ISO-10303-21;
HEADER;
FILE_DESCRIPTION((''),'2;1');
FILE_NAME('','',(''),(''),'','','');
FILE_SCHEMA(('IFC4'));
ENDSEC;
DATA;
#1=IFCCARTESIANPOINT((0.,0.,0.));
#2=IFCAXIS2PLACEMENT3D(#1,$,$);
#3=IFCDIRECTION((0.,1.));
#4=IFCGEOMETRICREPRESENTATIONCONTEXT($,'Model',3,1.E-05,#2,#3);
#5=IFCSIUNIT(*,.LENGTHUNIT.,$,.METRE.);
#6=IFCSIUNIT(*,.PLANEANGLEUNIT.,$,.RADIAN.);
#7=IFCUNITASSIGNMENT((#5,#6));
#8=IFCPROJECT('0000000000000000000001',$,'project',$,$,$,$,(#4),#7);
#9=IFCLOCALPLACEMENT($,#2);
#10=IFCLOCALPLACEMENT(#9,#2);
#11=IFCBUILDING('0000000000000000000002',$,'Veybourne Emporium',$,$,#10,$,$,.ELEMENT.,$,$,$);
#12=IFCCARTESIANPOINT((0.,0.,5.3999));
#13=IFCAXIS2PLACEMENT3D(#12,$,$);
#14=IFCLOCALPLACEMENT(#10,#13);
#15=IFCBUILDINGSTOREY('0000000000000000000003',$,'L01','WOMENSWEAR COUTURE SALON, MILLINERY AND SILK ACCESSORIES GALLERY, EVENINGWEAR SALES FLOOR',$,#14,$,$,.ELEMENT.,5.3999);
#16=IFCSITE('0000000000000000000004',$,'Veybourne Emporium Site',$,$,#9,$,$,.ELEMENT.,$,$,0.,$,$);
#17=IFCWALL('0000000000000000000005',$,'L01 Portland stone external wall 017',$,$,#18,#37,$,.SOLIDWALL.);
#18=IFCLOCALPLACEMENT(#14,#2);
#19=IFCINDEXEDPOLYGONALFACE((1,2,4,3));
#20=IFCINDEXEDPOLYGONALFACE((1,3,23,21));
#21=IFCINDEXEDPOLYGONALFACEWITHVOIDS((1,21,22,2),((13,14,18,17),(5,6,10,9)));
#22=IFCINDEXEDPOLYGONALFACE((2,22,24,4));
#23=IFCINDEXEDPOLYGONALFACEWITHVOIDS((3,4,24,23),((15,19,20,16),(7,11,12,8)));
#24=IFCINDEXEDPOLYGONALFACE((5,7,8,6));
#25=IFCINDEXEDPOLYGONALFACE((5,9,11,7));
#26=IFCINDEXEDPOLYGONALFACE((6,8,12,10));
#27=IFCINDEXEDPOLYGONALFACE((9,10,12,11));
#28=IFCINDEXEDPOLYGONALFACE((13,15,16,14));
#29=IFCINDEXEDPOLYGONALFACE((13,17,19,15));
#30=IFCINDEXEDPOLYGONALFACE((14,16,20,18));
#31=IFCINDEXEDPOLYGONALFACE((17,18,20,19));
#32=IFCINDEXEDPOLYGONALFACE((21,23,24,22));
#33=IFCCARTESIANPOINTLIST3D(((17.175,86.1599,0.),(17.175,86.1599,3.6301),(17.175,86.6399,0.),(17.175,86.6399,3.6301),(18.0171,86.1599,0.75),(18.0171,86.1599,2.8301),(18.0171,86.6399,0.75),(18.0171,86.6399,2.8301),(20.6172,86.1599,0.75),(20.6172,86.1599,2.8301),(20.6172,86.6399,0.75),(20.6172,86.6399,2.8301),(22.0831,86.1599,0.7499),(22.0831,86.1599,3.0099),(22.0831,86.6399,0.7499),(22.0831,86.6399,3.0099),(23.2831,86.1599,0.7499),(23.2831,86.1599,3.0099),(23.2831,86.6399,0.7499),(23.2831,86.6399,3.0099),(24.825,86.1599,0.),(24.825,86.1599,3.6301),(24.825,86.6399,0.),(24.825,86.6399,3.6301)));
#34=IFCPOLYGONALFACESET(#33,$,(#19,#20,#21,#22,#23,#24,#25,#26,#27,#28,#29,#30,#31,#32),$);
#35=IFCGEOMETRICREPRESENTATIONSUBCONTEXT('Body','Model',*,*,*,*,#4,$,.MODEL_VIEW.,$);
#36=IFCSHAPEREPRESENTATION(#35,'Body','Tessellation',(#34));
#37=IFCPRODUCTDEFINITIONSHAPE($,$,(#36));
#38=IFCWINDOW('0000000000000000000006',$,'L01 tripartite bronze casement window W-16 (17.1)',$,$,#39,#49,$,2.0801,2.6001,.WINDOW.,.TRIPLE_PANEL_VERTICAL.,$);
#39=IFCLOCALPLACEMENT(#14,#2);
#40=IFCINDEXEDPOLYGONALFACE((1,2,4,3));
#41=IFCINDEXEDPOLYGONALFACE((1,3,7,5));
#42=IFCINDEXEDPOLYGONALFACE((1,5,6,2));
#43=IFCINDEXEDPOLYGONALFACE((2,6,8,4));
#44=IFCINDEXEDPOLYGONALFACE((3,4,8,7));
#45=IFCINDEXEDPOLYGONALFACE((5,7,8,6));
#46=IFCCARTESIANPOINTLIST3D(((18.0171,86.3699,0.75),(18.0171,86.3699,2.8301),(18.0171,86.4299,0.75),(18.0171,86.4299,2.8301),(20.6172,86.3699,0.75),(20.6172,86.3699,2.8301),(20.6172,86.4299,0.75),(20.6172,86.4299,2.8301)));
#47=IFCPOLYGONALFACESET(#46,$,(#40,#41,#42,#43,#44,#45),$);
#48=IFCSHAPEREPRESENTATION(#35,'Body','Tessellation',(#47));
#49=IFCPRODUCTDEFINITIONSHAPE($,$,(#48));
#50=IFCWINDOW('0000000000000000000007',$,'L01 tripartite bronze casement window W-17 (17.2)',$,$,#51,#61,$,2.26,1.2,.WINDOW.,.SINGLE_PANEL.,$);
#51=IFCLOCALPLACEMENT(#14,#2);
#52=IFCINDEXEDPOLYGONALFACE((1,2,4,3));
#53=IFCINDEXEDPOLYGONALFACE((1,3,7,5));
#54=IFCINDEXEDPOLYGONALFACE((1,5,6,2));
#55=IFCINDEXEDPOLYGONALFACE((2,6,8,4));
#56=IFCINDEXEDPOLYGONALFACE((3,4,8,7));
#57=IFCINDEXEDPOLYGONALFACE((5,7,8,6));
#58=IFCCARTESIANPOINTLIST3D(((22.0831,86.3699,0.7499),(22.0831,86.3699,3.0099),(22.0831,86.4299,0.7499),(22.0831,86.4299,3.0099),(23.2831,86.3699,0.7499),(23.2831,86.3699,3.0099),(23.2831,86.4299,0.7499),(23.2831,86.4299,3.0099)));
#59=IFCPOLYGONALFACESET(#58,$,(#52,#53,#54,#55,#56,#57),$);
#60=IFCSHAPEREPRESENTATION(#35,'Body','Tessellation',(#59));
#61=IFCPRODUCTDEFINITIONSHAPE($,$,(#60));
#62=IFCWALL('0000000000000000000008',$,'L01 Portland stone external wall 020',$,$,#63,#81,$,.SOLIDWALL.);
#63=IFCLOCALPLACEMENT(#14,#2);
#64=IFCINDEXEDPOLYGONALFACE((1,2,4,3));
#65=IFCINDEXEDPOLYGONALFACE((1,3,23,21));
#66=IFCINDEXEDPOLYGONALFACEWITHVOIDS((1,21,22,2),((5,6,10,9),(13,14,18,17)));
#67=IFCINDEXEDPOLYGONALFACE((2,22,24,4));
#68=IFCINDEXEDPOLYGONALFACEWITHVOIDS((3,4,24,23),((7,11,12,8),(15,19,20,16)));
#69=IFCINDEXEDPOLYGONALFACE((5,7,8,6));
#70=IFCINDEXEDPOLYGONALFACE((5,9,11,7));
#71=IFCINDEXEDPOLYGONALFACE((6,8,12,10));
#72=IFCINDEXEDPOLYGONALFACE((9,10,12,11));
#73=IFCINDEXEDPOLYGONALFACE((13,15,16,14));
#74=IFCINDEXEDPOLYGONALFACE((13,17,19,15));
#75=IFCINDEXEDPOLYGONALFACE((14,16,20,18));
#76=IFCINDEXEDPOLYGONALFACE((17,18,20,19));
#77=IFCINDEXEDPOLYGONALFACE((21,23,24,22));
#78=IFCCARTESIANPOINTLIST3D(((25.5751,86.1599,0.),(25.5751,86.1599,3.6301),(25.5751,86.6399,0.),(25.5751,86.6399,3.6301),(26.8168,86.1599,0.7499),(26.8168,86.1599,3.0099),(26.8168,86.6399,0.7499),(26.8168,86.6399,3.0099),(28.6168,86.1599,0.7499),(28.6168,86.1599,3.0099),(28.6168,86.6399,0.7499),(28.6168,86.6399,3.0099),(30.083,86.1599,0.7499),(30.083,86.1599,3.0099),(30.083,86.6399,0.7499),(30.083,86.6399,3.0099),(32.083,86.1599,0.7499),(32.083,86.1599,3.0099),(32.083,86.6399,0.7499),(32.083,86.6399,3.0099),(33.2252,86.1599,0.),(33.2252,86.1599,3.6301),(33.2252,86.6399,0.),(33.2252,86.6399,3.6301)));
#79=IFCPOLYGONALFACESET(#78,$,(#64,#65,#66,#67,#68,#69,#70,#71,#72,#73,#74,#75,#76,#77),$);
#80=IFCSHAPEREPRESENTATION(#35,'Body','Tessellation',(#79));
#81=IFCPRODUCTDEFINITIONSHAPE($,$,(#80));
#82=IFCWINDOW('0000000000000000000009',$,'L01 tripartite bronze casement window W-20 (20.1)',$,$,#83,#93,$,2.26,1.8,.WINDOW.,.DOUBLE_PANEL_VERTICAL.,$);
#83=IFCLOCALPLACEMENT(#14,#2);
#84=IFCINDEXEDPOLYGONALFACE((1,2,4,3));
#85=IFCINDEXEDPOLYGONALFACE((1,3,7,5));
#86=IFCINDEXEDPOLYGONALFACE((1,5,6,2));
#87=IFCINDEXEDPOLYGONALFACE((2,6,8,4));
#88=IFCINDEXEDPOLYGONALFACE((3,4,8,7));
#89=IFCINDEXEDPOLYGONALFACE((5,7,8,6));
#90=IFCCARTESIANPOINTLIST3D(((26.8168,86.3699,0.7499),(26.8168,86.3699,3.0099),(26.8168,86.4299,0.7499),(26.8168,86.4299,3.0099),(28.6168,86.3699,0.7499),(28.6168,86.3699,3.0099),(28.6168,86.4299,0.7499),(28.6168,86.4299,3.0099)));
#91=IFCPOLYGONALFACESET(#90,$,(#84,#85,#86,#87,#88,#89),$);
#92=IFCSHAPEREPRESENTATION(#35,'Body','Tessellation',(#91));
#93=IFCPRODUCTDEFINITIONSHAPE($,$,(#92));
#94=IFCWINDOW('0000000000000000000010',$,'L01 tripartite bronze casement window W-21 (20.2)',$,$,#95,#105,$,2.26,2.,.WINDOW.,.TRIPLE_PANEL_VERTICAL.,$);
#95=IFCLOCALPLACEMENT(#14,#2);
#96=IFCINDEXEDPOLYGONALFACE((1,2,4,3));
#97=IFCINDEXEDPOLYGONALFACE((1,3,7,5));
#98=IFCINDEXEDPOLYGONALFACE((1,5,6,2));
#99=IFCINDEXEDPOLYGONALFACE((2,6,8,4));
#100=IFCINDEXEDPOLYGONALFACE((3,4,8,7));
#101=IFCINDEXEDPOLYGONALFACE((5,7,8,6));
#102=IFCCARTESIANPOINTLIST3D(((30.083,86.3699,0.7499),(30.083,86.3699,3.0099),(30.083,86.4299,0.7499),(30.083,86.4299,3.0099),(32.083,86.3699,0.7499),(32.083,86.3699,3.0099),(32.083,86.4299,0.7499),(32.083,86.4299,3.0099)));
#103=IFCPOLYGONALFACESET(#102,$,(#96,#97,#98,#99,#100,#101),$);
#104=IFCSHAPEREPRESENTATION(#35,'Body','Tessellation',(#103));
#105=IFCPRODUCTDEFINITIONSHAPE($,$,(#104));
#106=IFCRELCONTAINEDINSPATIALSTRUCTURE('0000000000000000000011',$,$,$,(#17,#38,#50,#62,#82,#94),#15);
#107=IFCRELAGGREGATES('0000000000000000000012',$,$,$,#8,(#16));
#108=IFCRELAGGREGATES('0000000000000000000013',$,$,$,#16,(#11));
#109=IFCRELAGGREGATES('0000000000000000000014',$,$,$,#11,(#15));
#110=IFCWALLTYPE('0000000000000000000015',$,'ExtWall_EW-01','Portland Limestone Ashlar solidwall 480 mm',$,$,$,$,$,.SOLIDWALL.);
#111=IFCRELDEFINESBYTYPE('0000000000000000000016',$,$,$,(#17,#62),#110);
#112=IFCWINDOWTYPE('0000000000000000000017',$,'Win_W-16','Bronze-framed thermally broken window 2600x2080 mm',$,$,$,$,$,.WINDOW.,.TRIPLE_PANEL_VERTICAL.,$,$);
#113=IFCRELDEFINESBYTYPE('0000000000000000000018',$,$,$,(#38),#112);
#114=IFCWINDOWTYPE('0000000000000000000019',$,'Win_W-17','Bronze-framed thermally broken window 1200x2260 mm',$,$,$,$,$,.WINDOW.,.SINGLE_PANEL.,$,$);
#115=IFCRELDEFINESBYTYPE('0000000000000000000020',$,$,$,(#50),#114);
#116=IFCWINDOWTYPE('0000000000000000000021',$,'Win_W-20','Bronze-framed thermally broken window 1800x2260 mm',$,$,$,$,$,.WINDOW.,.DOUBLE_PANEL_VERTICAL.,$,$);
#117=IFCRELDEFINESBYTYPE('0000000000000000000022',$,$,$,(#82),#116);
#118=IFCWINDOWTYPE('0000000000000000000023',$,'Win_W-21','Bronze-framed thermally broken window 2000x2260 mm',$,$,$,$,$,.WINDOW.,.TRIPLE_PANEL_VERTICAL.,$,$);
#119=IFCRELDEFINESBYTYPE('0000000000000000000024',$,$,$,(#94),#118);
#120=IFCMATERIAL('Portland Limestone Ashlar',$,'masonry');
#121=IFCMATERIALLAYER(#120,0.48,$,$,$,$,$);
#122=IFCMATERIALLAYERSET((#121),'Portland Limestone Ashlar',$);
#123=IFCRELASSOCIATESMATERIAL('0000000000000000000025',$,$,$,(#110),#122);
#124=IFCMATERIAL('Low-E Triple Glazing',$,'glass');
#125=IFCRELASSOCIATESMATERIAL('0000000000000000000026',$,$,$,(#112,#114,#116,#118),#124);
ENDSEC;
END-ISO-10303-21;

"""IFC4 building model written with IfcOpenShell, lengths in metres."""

from ifc_helpers import new_model, si_unit, direction, frame, frame_2d, origin, place, context, subcontext, project, spatial, rectangle, extrude, material, layer, layer_set, type_object, element, fill, save


model = new_model("IFC4")

# Units and contexts
model_context = context("Model", 3, precision=1e-05, world=origin(), true_north=direction((0.0, 1.0)))
body_context = subcontext(model_context, "Body", "Model", "MODEL_VIEW")
ifc_project = project(units=[si_unit("LENGTHUNIT", "METRE"), si_unit("PLANEANGLEUNIT", "RADIAN")], contexts=[model_context])

# Site, building, storey
site_placement = place(None, origin())
site = spatial("IfcSite", under=ifc_project, at=site_placement, Name="Veybourne Emporium Site", CompositionType="ELEMENT", RefElevation=0.0)
building_placement = place(site_placement, origin())
building = spatial("IfcBuilding", under=site, at=building_placement, Name="Veybourne Emporium", CompositionType="ELEMENT")
storey_placement = place(building_placement, frame((0.0, 0.0, 5.3999)))
storey = spatial("IfcBuildingStorey", under=building, at=storey_placement, Name="L01", Description="WOMENSWEAR COUTURE SALON, MILLINERY AND SILK ACCESSORIES GALLERY, EVENINGWEAR SALES FLOOR", CompositionType="ELEMENT", Elevation=5.3999)

# Shared definitions
ifc_material_1 = material(Name="Low-E Triple Glazing", Category="glass")

# Walls, openings, windows
ifc_material_2 = material(Name="Portland Limestone Ashlar", Category="masonry")
ifc_layer_1 = layer(ifc_material_2, 0.48)
ifc_layer_set_1 = layer_set([ifc_layer_1], Name="Portland Limestone Ashlar")
wall_type = type_object("IfcWallType", Name="ExtWall_EW-01", Description="Portland Limestone Ashlar solidwall 480 mm", PredefinedType="SOLIDWALL", material=ifc_layer_set_1)
wall_1_placement = place(storey_placement, frame((17.175, 86.3999, 0.0), z_axis=(0.0, 0.0, 1.0), x_axis=(1.0, 0.0, 0.0)))
wall_1 = element("IfcWall", 1, at=wall_1_placement, inside=storey, type_object=wall_type, Name="L01 Portland stone external wall 017", PredefinedType="SOLIDWALL", context=body_context, shape_type="SweptSolid", body=[
    extrude(rectangle(XDim=7.6499, YDim=0.48, at=frame_2d((3.825, 0.0))), origin(), (0.0, 0.0, 1.0), 3.6301),
])
opening_1_placement = place(wall_1_placement, frame((0.842, 0.0, 0.75)))
opening_1 = element("IfcOpeningElement", 2, at=opening_1_placement, cuts=wall_1, PredefinedType="OPENING", context=body_context, shape_type="SweptSolid", body=[
    extrude(rectangle(XDim=2.6001, YDim=2.0801, at=frame_2d((1.3, 1.04))), frame((0.0, 0.26, 0.0), z_axis=(0.0, -1.0, 0.0), x_axis=(1.0, 0.0, 0.0)), (0.0, 0.0, 1.0), 0.52),
])
opening_2_placement = place(wall_1_placement, frame((4.908, 0.0, 0.75)))
opening_2 = element("IfcOpeningElement", 3, at=opening_2_placement, cuts=wall_1, PredefinedType="OPENING", context=body_context, shape_type="SweptSolid", body=[
    extrude(rectangle(XDim=1.2, YDim=2.26, at=frame_2d((0.6001, 1.1299))), frame((0.0, 0.26, 0.0), z_axis=(0.0, -1.0, 0.0), x_axis=(1.0, 0.0, 0.0)), (0.0, 0.0, 1.0), 0.52),
])
window_type_1 = type_object("IfcWindowType", Name="Win_W-16", Description="Bronze-framed thermally broken window 2600x2080 mm", PartitioningType="TRIPLE_PANEL_VERTICAL", PredefinedType="WINDOW", material=ifc_material_1)
window_1_placement = place(opening_1_placement, origin())
window_1 = element("IfcWindow", 4, at=window_1_placement, inside=storey, type_object=window_type_1, Name="L01 tripartite bronze casement window W-16 (17.1)", OverallHeight=2.0801, OverallWidth=2.6001, PartitioningType="TRIPLE_PANEL_VERTICAL", PredefinedType="WINDOW", context=body_context, shape_type="SweptSolid", body=[
    extrude(rectangle(XDim=2.6001, YDim=2.0801, at=frame_2d((1.3, 1.04))), frame((0.0, 0.03, 0.0), z_axis=(0.0, -1.0, 0.0), x_axis=(1.0, 0.0, 0.0)), (0.0, 0.0, 1.0), 0.0601),
])
fill(opening_1, window_1)
window_type_2 = type_object("IfcWindowType", Name="Win_W-17", Description="Bronze-framed thermally broken window 1200x2260 mm", PartitioningType="SINGLE_PANEL", PredefinedType="WINDOW", material=ifc_material_1)
window_2_placement = place(opening_2_placement, origin())
window_2 = element("IfcWindow", 5, at=window_2_placement, inside=storey, type_object=window_type_2, Name="L01 tripartite bronze casement window W-17 (17.2)", OverallHeight=2.26, OverallWidth=1.2, PartitioningType="SINGLE_PANEL", PredefinedType="WINDOW", context=body_context, shape_type="SweptSolid", body=[
    extrude(rectangle(XDim=1.2, YDim=2.26, at=frame_2d((0.6001, 1.1299))), frame((0.0, 0.03, 0.0), z_axis=(0.0, -1.0, 0.0), x_axis=(1.0, 0.0, 0.0)), (0.0, 0.0, 1.0), 0.0601),
])
fill(opening_2, window_2)
wall_2_placement = place(storey_placement, frame((25.575, 86.3999, 0.0), z_axis=(0.0, 0.0, 1.0), x_axis=(1.0, 0.0, 0.0)))
wall_2 = element("IfcWall", 6, at=wall_2_placement, inside=storey, type_object=wall_type, Name="L01 Portland stone external wall 020", PredefinedType="SOLIDWALL", context=body_context, shape_type="SweptSolid", body=[
    extrude(rectangle(XDim=7.6501, YDim=0.48, at=frame_2d((3.8252, 0.0))), origin(), (0.0, 0.0, 1.0), 3.6301),
])
opening_3_placement = place(wall_2_placement, frame((1.2419, 0.0, 0.75)))
opening_3 = element("IfcOpeningElement", 7, at=opening_3_placement, cuts=wall_2, PredefinedType="OPENING", context=body_context, shape_type="SweptSolid", body=[
    extrude(rectangle(XDim=1.8, YDim=2.26, at=frame_2d((0.8999, 1.1299))), frame((0.0, 0.26, 0.0), z_axis=(0.0, -1.0, 0.0), x_axis=(1.0, 0.0, 0.0)), (0.0, 0.0, 1.0), 0.52),
])
opening_4_placement = place(wall_2_placement, frame((4.5081, 0.0, 0.75)))
opening_4 = element("IfcOpeningElement", 8, at=opening_4_placement, cuts=wall_2, PredefinedType="OPENING", context=body_context, shape_type="SweptSolid", body=[
    extrude(rectangle(XDim=2.0, YDim=2.26, at=frame_2d((1.0, 1.1299))), frame((0.0, 0.26, 0.0), z_axis=(0.0, -1.0, 0.0), x_axis=(1.0, 0.0, 0.0)), (0.0, 0.0, 1.0), 0.52),
])
window_type_3 = type_object("IfcWindowType", Name="Win_W-20", Description="Bronze-framed thermally broken window 1800x2260 mm", PartitioningType="DOUBLE_PANEL_VERTICAL", PredefinedType="WINDOW", material=ifc_material_1)
window_3_placement = place(opening_3_placement, origin())
window_3 = element("IfcWindow", 9, at=window_3_placement, inside=storey, type_object=window_type_3, Name="L01 tripartite bronze casement window W-20 (20.1)", OverallHeight=2.26, OverallWidth=1.8, PartitioningType="DOUBLE_PANEL_VERTICAL", PredefinedType="WINDOW", context=body_context, shape_type="SweptSolid", body=[
    extrude(rectangle(XDim=1.8, YDim=2.26, at=frame_2d((0.8999, 1.1299))), frame((0.0, 0.03, 0.0), z_axis=(0.0, -1.0, 0.0), x_axis=(1.0, 0.0, 0.0)), (0.0, 0.0, 1.0), 0.0601),
])
fill(opening_3, window_3)
window_type_4 = type_object("IfcWindowType", Name="Win_W-21", Description="Bronze-framed thermally broken window 2000x2260 mm", PartitioningType="TRIPLE_PANEL_VERTICAL", PredefinedType="WINDOW", material=ifc_material_1)
window_4_placement = place(opening_4_placement, origin())
window_4 = element("IfcWindow", 10, at=window_4_placement, inside=storey, type_object=window_type_4, Name="L01 tripartite bronze casement window W-21 (20.2)", OverallHeight=2.26, OverallWidth=2.0, PartitioningType="TRIPLE_PANEL_VERTICAL", PredefinedType="WINDOW", context=body_context, shape_type="SweptSolid", body=[
    extrude(rectangle(XDim=2.0, YDim=2.26, at=frame_2d((1.0, 1.1299))), frame((0.0, 0.03, 0.0), z_axis=(0.0, -1.0, 0.0), x_axis=(1.0, 0.0, 0.0)), (0.0, 0.0, 1.0), 0.0601),
])
fill(opening_4, window_4)

save(model, "model.ifc")
